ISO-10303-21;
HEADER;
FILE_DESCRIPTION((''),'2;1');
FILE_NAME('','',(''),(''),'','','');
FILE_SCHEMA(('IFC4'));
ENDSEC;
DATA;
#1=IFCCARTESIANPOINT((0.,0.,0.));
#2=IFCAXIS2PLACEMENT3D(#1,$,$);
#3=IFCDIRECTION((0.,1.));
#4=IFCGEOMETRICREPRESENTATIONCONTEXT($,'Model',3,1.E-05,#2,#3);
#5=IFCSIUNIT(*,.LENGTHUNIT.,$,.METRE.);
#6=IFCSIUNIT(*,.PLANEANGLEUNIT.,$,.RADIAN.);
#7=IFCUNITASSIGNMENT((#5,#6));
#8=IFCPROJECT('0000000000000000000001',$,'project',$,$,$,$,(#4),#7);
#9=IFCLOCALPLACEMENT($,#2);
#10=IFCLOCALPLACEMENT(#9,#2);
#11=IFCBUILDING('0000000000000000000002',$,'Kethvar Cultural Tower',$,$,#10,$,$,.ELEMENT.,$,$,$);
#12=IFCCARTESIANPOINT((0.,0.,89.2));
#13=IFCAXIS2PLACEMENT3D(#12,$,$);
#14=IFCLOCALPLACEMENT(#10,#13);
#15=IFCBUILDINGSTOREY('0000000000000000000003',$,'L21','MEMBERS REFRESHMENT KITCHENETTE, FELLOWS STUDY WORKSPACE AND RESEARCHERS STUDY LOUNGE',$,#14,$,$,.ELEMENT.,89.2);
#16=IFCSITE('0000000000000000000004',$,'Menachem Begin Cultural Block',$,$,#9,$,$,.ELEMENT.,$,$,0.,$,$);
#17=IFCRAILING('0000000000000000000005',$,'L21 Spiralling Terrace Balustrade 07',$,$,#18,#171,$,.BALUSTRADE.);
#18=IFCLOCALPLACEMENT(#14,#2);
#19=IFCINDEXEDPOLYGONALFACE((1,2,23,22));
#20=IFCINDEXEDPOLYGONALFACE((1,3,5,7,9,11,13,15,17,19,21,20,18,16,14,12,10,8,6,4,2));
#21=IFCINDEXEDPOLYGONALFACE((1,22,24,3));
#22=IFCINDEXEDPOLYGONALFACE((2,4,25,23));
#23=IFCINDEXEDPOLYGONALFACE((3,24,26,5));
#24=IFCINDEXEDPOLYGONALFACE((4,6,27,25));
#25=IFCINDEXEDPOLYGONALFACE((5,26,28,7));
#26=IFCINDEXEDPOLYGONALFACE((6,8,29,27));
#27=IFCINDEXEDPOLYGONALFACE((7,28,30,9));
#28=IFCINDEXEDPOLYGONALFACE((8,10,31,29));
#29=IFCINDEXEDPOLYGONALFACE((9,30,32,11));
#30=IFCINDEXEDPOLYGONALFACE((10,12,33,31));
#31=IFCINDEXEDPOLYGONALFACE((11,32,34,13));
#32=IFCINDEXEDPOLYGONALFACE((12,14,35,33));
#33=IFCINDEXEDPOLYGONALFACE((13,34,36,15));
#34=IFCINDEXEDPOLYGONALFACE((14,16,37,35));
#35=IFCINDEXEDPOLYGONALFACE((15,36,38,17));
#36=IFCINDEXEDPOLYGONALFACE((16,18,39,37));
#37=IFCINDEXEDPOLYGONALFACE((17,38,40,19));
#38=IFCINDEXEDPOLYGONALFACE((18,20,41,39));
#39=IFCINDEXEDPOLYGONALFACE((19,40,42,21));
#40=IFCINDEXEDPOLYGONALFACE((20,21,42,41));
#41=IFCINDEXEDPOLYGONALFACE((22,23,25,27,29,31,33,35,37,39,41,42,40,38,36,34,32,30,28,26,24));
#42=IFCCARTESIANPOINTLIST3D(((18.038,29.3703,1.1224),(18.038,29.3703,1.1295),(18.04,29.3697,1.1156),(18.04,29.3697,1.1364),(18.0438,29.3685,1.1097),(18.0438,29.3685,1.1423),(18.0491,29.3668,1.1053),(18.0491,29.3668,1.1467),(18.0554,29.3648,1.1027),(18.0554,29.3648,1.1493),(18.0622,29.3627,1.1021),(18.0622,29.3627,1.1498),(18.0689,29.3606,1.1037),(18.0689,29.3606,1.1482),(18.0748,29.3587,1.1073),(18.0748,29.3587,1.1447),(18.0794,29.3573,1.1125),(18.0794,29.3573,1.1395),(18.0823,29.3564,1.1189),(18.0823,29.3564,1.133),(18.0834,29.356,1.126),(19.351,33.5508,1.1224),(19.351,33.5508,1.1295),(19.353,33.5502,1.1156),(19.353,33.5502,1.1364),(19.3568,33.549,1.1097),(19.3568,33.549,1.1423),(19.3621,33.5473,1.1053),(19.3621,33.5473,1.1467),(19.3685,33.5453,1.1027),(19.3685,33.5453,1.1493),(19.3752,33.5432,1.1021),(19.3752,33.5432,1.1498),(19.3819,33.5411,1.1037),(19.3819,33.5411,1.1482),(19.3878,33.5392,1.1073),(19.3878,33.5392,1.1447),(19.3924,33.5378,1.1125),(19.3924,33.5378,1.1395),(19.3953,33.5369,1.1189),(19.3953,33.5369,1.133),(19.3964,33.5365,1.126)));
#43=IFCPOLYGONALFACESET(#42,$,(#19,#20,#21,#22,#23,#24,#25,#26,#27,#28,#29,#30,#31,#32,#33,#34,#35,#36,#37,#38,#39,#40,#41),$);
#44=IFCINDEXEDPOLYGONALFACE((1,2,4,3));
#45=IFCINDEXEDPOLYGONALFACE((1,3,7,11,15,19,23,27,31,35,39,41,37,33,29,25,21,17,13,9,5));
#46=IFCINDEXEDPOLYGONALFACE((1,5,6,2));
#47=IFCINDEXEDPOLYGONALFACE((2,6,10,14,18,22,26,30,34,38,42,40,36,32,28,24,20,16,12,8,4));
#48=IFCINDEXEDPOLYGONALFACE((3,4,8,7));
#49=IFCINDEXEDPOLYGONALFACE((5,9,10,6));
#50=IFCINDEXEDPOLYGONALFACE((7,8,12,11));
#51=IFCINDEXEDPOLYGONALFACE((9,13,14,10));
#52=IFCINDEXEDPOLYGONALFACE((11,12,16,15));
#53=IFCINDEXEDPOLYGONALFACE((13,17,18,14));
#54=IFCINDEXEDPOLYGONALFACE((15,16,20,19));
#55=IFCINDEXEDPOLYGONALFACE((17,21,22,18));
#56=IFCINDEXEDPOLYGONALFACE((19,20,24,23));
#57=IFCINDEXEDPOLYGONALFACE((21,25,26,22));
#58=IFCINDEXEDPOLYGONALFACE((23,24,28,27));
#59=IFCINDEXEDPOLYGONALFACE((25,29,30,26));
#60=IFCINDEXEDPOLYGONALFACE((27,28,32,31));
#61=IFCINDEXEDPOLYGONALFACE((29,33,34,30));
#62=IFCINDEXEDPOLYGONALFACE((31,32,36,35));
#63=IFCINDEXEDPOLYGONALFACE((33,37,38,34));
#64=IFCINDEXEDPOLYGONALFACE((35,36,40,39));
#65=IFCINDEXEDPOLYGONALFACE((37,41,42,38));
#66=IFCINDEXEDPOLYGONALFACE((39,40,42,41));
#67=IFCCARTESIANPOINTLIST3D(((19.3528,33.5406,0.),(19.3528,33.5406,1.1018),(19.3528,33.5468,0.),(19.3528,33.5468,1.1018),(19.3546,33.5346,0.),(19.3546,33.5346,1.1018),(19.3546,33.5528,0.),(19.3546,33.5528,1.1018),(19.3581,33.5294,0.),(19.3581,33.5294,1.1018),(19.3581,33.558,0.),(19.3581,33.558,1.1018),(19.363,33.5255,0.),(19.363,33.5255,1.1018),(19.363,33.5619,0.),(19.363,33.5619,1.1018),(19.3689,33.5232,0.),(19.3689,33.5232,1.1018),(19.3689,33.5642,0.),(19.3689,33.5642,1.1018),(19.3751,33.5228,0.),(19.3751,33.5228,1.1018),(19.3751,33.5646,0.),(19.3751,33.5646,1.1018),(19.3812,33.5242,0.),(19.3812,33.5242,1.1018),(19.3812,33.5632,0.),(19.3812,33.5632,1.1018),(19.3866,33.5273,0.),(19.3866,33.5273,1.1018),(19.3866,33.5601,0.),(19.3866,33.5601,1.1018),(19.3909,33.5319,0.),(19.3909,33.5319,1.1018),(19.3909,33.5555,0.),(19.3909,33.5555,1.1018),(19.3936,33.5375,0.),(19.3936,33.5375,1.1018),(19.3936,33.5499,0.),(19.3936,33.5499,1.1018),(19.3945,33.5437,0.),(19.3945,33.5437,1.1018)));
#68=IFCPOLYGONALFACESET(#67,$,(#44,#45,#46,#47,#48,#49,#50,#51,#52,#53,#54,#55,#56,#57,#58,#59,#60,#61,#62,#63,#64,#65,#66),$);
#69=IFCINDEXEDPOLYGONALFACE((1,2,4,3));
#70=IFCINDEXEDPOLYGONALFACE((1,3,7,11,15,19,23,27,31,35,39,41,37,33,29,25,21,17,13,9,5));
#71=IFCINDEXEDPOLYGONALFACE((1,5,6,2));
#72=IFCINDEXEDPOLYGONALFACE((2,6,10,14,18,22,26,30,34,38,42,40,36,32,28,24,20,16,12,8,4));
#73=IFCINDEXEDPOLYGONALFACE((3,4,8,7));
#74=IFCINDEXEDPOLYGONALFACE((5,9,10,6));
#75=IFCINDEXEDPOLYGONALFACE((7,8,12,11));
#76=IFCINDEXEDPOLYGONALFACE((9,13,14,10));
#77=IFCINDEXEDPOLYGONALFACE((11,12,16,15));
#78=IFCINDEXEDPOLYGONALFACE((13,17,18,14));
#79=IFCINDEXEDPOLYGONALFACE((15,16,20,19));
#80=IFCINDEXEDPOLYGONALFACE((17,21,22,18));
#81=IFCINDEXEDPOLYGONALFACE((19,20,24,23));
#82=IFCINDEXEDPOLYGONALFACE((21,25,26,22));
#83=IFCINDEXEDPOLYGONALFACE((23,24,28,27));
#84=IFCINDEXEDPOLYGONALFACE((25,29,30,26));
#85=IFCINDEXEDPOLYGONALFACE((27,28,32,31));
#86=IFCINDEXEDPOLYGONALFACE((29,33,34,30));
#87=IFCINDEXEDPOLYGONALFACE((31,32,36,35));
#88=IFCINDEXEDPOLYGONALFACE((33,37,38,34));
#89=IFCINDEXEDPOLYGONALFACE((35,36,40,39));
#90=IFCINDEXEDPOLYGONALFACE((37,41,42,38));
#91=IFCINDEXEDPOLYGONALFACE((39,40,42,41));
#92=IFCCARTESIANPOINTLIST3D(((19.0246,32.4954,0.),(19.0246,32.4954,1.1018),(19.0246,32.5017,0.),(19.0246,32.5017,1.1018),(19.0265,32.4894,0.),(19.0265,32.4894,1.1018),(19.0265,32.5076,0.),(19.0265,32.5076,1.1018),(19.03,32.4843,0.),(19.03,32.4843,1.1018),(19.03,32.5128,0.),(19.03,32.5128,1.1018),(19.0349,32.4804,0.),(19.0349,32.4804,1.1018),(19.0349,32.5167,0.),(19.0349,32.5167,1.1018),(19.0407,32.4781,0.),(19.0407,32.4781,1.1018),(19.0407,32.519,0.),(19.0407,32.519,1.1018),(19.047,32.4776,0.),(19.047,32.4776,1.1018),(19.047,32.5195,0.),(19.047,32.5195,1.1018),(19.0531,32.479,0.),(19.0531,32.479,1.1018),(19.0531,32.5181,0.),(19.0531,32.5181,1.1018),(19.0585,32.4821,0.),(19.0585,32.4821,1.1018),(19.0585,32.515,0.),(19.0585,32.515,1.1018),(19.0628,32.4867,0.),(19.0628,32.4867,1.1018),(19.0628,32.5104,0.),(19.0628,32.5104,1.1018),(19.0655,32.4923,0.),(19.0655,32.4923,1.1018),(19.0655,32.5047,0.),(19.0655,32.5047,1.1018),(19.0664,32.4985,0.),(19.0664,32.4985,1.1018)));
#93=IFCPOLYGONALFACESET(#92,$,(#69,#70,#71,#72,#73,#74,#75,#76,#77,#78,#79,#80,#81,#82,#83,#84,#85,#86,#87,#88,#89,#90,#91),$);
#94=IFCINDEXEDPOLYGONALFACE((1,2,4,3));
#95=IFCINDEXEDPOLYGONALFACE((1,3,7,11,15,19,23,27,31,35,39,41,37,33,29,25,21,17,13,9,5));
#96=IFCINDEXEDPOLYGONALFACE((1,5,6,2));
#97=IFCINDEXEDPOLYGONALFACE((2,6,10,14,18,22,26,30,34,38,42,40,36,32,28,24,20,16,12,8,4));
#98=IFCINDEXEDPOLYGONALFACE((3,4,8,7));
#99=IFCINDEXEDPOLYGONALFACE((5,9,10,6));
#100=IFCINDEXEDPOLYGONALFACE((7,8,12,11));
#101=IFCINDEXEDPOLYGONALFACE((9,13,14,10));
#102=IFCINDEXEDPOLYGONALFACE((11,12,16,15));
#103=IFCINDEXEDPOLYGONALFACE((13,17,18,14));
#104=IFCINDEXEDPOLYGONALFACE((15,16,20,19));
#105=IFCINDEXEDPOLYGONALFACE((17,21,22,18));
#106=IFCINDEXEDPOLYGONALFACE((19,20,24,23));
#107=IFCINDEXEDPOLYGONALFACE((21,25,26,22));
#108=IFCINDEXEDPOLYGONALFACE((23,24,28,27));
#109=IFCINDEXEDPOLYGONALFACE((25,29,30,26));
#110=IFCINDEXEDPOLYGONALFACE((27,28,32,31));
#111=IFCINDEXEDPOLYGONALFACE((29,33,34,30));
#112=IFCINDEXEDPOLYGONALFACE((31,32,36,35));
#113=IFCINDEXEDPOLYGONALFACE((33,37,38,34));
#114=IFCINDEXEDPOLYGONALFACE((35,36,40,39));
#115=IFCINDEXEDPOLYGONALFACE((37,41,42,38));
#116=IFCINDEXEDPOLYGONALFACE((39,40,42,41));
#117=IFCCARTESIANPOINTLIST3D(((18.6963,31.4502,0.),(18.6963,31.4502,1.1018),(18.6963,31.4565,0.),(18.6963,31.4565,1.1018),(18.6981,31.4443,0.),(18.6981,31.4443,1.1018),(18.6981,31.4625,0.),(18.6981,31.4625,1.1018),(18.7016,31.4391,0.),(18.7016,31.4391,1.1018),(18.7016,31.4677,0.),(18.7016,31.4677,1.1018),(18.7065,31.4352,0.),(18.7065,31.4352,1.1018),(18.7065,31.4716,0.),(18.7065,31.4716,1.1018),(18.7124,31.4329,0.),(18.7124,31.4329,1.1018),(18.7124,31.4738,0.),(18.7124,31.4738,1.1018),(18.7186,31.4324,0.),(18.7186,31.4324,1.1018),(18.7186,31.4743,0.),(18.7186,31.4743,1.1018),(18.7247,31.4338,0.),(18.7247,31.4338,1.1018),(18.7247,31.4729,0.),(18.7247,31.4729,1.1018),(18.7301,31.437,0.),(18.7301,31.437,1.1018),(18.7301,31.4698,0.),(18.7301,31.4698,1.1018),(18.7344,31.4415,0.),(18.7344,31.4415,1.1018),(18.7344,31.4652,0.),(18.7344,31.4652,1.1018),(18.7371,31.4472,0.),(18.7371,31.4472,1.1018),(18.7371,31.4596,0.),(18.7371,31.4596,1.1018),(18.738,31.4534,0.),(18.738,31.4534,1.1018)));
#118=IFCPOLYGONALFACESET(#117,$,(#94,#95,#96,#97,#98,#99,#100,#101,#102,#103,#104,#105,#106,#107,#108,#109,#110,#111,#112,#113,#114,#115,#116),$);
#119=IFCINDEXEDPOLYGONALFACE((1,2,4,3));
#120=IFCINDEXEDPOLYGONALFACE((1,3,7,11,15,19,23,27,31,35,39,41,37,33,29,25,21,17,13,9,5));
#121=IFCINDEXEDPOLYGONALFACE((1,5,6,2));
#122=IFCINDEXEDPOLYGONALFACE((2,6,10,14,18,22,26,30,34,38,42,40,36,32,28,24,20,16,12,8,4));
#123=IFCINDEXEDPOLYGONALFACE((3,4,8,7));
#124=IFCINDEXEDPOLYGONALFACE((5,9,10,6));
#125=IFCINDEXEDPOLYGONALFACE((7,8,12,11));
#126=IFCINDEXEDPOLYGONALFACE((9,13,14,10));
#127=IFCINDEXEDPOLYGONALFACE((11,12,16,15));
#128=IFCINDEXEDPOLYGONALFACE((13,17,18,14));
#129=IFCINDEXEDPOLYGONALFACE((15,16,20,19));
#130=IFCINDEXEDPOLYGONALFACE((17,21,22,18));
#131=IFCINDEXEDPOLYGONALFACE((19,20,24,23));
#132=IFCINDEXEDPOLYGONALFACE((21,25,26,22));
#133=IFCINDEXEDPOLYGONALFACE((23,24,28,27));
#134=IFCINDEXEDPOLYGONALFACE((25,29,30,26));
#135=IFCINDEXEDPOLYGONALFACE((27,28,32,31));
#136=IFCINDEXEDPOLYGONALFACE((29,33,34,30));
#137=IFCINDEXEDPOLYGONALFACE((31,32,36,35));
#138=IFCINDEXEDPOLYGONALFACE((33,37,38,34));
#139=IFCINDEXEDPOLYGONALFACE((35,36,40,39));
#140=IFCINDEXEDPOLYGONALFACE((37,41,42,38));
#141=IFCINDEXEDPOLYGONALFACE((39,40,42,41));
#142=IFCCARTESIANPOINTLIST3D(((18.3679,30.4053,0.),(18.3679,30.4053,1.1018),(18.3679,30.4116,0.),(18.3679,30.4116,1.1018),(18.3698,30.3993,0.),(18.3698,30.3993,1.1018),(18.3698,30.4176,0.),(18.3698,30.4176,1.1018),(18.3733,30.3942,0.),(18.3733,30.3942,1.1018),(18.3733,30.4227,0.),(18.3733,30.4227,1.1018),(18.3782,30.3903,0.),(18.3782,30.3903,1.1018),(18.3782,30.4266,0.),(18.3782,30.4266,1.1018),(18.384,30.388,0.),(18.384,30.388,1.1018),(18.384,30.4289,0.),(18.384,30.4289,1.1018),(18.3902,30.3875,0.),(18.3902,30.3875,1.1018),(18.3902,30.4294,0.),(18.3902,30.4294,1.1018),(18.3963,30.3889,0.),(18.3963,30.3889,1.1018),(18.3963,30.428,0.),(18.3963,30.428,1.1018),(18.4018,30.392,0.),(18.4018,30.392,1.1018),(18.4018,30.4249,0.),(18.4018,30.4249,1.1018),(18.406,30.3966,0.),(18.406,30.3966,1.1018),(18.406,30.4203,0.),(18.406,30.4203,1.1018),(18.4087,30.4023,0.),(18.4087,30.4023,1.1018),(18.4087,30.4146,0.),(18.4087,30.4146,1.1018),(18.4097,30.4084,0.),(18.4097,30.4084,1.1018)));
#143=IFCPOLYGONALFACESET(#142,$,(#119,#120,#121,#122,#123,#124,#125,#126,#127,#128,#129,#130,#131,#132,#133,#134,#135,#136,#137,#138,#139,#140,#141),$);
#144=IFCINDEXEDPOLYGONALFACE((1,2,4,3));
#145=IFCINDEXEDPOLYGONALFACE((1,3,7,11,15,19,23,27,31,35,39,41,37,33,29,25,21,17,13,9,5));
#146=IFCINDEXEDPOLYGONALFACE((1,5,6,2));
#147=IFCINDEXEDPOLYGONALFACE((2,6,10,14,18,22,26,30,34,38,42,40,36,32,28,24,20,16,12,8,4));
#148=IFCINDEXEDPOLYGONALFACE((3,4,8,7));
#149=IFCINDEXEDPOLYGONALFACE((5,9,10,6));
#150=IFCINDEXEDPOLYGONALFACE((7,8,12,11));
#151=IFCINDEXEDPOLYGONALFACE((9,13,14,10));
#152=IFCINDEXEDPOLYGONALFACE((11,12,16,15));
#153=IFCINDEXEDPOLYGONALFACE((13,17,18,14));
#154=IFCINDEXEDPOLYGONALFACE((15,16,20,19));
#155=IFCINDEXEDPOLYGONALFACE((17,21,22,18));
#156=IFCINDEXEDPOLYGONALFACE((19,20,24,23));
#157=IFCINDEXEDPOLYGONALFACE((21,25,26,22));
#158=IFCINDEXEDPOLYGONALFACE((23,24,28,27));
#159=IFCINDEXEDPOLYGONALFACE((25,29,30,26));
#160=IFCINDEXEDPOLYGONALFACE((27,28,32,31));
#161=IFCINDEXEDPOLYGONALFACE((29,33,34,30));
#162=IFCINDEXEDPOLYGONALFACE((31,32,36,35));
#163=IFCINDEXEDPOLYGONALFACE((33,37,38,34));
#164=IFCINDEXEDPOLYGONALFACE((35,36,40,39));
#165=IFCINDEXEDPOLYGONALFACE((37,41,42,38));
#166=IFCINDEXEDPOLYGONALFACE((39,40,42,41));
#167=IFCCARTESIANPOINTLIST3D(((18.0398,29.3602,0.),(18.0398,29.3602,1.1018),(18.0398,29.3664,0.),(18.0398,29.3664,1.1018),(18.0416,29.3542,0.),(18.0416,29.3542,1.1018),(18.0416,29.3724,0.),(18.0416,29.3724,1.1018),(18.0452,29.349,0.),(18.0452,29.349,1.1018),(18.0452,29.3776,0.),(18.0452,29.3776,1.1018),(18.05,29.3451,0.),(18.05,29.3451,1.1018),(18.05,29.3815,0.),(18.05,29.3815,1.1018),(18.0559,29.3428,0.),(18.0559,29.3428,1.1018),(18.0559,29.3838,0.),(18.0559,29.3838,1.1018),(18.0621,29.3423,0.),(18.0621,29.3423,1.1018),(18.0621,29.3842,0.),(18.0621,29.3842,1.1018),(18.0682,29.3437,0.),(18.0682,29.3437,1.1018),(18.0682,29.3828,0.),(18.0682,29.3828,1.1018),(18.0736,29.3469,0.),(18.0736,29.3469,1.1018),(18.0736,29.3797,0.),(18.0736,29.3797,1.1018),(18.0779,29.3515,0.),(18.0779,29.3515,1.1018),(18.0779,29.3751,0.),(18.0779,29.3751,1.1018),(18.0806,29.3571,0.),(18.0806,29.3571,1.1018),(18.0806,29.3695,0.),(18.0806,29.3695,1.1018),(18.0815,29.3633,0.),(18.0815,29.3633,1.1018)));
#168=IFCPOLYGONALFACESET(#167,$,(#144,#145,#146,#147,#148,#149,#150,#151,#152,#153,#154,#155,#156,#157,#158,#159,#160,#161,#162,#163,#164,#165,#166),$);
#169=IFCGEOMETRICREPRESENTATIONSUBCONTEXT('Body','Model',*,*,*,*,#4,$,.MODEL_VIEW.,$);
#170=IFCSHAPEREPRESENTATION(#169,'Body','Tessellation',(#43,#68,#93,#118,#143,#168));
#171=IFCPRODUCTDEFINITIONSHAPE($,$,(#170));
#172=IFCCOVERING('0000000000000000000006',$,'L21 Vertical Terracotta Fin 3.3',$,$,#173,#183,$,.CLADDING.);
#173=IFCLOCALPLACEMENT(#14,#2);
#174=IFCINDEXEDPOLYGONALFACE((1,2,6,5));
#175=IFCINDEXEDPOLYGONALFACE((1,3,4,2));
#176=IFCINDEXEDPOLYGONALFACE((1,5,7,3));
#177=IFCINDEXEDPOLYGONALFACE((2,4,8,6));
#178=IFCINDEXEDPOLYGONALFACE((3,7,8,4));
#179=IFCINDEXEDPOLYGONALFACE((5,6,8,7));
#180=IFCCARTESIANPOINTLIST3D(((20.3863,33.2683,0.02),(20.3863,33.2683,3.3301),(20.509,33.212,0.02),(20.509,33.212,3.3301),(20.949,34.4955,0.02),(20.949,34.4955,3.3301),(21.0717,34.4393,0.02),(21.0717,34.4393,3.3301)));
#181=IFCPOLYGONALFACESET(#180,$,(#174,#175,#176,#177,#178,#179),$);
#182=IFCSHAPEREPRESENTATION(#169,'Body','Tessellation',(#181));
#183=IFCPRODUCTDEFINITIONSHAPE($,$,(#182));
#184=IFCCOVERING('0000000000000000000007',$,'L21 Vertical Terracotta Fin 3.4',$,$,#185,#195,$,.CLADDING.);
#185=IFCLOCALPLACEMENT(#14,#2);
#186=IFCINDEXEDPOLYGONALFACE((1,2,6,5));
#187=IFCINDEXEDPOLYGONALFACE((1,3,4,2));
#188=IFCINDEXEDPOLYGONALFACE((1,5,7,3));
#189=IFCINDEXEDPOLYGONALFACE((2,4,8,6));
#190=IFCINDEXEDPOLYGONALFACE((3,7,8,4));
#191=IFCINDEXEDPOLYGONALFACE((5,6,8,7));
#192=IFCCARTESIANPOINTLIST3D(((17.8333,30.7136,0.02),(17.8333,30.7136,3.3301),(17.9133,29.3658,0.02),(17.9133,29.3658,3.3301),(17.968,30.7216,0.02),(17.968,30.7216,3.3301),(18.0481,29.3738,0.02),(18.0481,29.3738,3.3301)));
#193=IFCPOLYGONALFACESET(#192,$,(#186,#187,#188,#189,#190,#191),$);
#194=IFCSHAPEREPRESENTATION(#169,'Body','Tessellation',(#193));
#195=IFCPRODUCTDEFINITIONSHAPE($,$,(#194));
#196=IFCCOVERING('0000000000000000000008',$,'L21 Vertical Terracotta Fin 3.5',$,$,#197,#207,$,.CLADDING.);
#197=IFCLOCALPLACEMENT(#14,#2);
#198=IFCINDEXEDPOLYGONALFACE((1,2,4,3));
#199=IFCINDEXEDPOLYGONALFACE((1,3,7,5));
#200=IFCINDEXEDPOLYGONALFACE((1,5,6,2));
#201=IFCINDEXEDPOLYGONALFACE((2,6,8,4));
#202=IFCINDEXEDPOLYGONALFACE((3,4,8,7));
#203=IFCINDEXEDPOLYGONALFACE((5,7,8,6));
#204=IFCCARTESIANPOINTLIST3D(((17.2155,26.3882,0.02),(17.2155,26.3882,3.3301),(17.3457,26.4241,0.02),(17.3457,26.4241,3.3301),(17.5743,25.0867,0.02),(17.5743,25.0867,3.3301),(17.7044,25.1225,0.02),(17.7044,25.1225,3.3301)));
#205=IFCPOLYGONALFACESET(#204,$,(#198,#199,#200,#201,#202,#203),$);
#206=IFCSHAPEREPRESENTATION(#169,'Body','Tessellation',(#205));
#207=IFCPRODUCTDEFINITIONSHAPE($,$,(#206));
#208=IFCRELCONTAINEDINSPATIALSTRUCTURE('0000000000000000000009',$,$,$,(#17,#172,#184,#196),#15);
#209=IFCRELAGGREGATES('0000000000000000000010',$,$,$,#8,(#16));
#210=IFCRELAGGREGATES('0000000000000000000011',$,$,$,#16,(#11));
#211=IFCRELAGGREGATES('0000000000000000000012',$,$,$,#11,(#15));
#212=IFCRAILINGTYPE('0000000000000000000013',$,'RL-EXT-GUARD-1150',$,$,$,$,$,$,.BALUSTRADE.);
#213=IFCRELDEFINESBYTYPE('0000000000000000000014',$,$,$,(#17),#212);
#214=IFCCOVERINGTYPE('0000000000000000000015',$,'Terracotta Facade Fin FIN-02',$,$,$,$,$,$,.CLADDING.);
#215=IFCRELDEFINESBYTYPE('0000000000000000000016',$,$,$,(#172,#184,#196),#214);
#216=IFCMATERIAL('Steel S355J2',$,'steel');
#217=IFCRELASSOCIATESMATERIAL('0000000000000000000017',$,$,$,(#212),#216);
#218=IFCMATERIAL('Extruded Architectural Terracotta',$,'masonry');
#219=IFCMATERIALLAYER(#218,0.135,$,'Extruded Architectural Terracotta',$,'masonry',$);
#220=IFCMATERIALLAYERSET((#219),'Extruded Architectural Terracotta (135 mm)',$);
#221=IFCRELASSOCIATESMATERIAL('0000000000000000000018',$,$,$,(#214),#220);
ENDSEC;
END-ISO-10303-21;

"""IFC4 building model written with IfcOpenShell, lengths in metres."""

from ifc_helpers import new_model, si_unit, direction, frame, origin, origin_2d, place, context, subcontext, project, spatial, rectangle, circle, extrude, source, transform, mapped, material, layer, layer_set, type_object, element, save


model = new_model("IFC4")

# Units and contexts
model_context = context("Model", 3, precision=1e-05, world=origin(), true_north=direction((0.0, 1.0)))
body_context = subcontext(model_context, "Body", "Model", "MODEL_VIEW")
ifc_project = project(units=[si_unit("LENGTHUNIT", "METRE"), si_unit("PLANEANGLEUNIT", "RADIAN")], contexts=[model_context])

# Site, building, storey
site_placement = place(None, origin())
site = spatial("IfcSite", under=ifc_project, at=site_placement, Name="Menachem Begin Cultural Block", CompositionType="ELEMENT", RefElevation=0.0)
building_placement = place(site_placement, origin())
building = spatial("IfcBuilding", under=site, at=building_placement, Name="Kethvar Cultural Tower", CompositionType="ELEMENT")
storey_placement = place(building_placement, frame((0.0, 0.0, 89.2)))
storey = spatial("IfcBuildingStorey", under=building, at=storey_placement, Name="L21", Description="MEMBERS REFRESHMENT KITCHENETTE, FELLOWS STUDY WORKSPACE AND RESEARCHERS STUDY LOUNGE", CompositionType="ELEMENT", Elevation=89.2)

# Shared definitions
ifc_material_1 = material(Name="Steel S355J2", Category="steel")

# Railing
railing_type = type_object("IfcRailingType", Name="RL-EXT-GUARD-1150", PredefinedType="BALUSTRADE", material=ifc_material_1)
railing_placement = place(storey_placement, frame((19.3735, 33.5437, 0.0)))
element("IfcRailing", 1, at=railing_placement, inside=storey, type_object=railing_type, Name="L21 Spiralling Terrace Balustrade 07", PredefinedType="BALUSTRADE", context=body_context, shape_type="SweptSolid", body=[
    extrude(circle(Radius=0.0239, at=origin_2d()), frame((0.0, 0.0, 1.126), z_axis=(-0.299648, -0.95405, 0.0), x_axis=(0.95405, -0.299648, 0.0)), (0.0, 0.0, 1.0), 4.3818),
    extrude(circle(Radius=0.021, at=origin_2d()), origin(), (0.0, 0.0, 1.0), 1.1018),
    extrude(circle(Radius=0.021, at=origin_2d()), frame((-0.3281, -1.0452, 0.0)), (0.0, 0.0, 1.0), 1.1018),
    extrude(circle(Radius=0.021, at=origin_2d()), frame((-0.6565, -2.0903, 0.0)), (0.0, 0.0, 1.0), 1.1018),
    extrude(circle(Radius=0.021, at=origin_2d()), frame((-0.9849, -3.1353, 0.0)), (0.0, 0.0, 1.0), 1.1018),
    extrude(circle(Radius=0.021, at=origin_2d()), frame((-1.313, -4.1804, 0.0)), (0.0, 0.0, 1.0), 1.1018),
])

# Coverings
ifc_material_2 = material(Name="Extruded Architectural Terracotta", Category="masonry")
ifc_layer_1 = layer(ifc_material_2, 0.135, Name="Extruded Architectural Terracotta", Category="masonry")
ifc_layer_set_1 = layer_set([ifc_layer_1], Name="Extruded Architectural Terracotta (135 mm)")
covering_type = type_object("IfcCoveringType", Name="Terracotta Facade Fin FIN-02", PredefinedType="CLADDING", material=ifc_layer_set_1)
shared_shape_1 = source(origin(), body_context, "Body", "SweptSolid", [
    extrude(rectangle(XDim=1.3501, YDim=0.135, at=origin_2d()), origin(), (0.0, 0.0, 1.0), 3.3101),
])
for number, where, z_axis, x_axis, name in (
    (2, (20.729, 33.8538, 0.02), (0.0, 0.0, 1.0), (0.416757, 0.909018, 0.0), "L21 Vertical Terracotta Fin 3.3"),
    (3, (17.9407, 30.0437, 0.02), (0.0, 0.0, 1.0), (-0.059306, 0.99824, 0.0), "L21 Vertical Terracotta Fin 3.4"),
    (4, (17.46, 25.7554, 0.02), (0.0, 0.0, 1.0), (-0.265724, 0.964049, 0.0), "L21 Vertical Terracotta Fin 3.5"),
):
    element("IfcCovering", number, at=place(storey_placement, frame(where, z_axis=z_axis, x_axis=x_axis)), inside=storey, type_object=covering_type, Name=name, PredefinedType="CLADDING", context=body_context, shape_type="MappedRepresentation", body=[
        mapped(shared_shape_1, transform((0.0, 0.0, 0.0), scale=1.0)),
    ])

save(model, "model.ifc")
